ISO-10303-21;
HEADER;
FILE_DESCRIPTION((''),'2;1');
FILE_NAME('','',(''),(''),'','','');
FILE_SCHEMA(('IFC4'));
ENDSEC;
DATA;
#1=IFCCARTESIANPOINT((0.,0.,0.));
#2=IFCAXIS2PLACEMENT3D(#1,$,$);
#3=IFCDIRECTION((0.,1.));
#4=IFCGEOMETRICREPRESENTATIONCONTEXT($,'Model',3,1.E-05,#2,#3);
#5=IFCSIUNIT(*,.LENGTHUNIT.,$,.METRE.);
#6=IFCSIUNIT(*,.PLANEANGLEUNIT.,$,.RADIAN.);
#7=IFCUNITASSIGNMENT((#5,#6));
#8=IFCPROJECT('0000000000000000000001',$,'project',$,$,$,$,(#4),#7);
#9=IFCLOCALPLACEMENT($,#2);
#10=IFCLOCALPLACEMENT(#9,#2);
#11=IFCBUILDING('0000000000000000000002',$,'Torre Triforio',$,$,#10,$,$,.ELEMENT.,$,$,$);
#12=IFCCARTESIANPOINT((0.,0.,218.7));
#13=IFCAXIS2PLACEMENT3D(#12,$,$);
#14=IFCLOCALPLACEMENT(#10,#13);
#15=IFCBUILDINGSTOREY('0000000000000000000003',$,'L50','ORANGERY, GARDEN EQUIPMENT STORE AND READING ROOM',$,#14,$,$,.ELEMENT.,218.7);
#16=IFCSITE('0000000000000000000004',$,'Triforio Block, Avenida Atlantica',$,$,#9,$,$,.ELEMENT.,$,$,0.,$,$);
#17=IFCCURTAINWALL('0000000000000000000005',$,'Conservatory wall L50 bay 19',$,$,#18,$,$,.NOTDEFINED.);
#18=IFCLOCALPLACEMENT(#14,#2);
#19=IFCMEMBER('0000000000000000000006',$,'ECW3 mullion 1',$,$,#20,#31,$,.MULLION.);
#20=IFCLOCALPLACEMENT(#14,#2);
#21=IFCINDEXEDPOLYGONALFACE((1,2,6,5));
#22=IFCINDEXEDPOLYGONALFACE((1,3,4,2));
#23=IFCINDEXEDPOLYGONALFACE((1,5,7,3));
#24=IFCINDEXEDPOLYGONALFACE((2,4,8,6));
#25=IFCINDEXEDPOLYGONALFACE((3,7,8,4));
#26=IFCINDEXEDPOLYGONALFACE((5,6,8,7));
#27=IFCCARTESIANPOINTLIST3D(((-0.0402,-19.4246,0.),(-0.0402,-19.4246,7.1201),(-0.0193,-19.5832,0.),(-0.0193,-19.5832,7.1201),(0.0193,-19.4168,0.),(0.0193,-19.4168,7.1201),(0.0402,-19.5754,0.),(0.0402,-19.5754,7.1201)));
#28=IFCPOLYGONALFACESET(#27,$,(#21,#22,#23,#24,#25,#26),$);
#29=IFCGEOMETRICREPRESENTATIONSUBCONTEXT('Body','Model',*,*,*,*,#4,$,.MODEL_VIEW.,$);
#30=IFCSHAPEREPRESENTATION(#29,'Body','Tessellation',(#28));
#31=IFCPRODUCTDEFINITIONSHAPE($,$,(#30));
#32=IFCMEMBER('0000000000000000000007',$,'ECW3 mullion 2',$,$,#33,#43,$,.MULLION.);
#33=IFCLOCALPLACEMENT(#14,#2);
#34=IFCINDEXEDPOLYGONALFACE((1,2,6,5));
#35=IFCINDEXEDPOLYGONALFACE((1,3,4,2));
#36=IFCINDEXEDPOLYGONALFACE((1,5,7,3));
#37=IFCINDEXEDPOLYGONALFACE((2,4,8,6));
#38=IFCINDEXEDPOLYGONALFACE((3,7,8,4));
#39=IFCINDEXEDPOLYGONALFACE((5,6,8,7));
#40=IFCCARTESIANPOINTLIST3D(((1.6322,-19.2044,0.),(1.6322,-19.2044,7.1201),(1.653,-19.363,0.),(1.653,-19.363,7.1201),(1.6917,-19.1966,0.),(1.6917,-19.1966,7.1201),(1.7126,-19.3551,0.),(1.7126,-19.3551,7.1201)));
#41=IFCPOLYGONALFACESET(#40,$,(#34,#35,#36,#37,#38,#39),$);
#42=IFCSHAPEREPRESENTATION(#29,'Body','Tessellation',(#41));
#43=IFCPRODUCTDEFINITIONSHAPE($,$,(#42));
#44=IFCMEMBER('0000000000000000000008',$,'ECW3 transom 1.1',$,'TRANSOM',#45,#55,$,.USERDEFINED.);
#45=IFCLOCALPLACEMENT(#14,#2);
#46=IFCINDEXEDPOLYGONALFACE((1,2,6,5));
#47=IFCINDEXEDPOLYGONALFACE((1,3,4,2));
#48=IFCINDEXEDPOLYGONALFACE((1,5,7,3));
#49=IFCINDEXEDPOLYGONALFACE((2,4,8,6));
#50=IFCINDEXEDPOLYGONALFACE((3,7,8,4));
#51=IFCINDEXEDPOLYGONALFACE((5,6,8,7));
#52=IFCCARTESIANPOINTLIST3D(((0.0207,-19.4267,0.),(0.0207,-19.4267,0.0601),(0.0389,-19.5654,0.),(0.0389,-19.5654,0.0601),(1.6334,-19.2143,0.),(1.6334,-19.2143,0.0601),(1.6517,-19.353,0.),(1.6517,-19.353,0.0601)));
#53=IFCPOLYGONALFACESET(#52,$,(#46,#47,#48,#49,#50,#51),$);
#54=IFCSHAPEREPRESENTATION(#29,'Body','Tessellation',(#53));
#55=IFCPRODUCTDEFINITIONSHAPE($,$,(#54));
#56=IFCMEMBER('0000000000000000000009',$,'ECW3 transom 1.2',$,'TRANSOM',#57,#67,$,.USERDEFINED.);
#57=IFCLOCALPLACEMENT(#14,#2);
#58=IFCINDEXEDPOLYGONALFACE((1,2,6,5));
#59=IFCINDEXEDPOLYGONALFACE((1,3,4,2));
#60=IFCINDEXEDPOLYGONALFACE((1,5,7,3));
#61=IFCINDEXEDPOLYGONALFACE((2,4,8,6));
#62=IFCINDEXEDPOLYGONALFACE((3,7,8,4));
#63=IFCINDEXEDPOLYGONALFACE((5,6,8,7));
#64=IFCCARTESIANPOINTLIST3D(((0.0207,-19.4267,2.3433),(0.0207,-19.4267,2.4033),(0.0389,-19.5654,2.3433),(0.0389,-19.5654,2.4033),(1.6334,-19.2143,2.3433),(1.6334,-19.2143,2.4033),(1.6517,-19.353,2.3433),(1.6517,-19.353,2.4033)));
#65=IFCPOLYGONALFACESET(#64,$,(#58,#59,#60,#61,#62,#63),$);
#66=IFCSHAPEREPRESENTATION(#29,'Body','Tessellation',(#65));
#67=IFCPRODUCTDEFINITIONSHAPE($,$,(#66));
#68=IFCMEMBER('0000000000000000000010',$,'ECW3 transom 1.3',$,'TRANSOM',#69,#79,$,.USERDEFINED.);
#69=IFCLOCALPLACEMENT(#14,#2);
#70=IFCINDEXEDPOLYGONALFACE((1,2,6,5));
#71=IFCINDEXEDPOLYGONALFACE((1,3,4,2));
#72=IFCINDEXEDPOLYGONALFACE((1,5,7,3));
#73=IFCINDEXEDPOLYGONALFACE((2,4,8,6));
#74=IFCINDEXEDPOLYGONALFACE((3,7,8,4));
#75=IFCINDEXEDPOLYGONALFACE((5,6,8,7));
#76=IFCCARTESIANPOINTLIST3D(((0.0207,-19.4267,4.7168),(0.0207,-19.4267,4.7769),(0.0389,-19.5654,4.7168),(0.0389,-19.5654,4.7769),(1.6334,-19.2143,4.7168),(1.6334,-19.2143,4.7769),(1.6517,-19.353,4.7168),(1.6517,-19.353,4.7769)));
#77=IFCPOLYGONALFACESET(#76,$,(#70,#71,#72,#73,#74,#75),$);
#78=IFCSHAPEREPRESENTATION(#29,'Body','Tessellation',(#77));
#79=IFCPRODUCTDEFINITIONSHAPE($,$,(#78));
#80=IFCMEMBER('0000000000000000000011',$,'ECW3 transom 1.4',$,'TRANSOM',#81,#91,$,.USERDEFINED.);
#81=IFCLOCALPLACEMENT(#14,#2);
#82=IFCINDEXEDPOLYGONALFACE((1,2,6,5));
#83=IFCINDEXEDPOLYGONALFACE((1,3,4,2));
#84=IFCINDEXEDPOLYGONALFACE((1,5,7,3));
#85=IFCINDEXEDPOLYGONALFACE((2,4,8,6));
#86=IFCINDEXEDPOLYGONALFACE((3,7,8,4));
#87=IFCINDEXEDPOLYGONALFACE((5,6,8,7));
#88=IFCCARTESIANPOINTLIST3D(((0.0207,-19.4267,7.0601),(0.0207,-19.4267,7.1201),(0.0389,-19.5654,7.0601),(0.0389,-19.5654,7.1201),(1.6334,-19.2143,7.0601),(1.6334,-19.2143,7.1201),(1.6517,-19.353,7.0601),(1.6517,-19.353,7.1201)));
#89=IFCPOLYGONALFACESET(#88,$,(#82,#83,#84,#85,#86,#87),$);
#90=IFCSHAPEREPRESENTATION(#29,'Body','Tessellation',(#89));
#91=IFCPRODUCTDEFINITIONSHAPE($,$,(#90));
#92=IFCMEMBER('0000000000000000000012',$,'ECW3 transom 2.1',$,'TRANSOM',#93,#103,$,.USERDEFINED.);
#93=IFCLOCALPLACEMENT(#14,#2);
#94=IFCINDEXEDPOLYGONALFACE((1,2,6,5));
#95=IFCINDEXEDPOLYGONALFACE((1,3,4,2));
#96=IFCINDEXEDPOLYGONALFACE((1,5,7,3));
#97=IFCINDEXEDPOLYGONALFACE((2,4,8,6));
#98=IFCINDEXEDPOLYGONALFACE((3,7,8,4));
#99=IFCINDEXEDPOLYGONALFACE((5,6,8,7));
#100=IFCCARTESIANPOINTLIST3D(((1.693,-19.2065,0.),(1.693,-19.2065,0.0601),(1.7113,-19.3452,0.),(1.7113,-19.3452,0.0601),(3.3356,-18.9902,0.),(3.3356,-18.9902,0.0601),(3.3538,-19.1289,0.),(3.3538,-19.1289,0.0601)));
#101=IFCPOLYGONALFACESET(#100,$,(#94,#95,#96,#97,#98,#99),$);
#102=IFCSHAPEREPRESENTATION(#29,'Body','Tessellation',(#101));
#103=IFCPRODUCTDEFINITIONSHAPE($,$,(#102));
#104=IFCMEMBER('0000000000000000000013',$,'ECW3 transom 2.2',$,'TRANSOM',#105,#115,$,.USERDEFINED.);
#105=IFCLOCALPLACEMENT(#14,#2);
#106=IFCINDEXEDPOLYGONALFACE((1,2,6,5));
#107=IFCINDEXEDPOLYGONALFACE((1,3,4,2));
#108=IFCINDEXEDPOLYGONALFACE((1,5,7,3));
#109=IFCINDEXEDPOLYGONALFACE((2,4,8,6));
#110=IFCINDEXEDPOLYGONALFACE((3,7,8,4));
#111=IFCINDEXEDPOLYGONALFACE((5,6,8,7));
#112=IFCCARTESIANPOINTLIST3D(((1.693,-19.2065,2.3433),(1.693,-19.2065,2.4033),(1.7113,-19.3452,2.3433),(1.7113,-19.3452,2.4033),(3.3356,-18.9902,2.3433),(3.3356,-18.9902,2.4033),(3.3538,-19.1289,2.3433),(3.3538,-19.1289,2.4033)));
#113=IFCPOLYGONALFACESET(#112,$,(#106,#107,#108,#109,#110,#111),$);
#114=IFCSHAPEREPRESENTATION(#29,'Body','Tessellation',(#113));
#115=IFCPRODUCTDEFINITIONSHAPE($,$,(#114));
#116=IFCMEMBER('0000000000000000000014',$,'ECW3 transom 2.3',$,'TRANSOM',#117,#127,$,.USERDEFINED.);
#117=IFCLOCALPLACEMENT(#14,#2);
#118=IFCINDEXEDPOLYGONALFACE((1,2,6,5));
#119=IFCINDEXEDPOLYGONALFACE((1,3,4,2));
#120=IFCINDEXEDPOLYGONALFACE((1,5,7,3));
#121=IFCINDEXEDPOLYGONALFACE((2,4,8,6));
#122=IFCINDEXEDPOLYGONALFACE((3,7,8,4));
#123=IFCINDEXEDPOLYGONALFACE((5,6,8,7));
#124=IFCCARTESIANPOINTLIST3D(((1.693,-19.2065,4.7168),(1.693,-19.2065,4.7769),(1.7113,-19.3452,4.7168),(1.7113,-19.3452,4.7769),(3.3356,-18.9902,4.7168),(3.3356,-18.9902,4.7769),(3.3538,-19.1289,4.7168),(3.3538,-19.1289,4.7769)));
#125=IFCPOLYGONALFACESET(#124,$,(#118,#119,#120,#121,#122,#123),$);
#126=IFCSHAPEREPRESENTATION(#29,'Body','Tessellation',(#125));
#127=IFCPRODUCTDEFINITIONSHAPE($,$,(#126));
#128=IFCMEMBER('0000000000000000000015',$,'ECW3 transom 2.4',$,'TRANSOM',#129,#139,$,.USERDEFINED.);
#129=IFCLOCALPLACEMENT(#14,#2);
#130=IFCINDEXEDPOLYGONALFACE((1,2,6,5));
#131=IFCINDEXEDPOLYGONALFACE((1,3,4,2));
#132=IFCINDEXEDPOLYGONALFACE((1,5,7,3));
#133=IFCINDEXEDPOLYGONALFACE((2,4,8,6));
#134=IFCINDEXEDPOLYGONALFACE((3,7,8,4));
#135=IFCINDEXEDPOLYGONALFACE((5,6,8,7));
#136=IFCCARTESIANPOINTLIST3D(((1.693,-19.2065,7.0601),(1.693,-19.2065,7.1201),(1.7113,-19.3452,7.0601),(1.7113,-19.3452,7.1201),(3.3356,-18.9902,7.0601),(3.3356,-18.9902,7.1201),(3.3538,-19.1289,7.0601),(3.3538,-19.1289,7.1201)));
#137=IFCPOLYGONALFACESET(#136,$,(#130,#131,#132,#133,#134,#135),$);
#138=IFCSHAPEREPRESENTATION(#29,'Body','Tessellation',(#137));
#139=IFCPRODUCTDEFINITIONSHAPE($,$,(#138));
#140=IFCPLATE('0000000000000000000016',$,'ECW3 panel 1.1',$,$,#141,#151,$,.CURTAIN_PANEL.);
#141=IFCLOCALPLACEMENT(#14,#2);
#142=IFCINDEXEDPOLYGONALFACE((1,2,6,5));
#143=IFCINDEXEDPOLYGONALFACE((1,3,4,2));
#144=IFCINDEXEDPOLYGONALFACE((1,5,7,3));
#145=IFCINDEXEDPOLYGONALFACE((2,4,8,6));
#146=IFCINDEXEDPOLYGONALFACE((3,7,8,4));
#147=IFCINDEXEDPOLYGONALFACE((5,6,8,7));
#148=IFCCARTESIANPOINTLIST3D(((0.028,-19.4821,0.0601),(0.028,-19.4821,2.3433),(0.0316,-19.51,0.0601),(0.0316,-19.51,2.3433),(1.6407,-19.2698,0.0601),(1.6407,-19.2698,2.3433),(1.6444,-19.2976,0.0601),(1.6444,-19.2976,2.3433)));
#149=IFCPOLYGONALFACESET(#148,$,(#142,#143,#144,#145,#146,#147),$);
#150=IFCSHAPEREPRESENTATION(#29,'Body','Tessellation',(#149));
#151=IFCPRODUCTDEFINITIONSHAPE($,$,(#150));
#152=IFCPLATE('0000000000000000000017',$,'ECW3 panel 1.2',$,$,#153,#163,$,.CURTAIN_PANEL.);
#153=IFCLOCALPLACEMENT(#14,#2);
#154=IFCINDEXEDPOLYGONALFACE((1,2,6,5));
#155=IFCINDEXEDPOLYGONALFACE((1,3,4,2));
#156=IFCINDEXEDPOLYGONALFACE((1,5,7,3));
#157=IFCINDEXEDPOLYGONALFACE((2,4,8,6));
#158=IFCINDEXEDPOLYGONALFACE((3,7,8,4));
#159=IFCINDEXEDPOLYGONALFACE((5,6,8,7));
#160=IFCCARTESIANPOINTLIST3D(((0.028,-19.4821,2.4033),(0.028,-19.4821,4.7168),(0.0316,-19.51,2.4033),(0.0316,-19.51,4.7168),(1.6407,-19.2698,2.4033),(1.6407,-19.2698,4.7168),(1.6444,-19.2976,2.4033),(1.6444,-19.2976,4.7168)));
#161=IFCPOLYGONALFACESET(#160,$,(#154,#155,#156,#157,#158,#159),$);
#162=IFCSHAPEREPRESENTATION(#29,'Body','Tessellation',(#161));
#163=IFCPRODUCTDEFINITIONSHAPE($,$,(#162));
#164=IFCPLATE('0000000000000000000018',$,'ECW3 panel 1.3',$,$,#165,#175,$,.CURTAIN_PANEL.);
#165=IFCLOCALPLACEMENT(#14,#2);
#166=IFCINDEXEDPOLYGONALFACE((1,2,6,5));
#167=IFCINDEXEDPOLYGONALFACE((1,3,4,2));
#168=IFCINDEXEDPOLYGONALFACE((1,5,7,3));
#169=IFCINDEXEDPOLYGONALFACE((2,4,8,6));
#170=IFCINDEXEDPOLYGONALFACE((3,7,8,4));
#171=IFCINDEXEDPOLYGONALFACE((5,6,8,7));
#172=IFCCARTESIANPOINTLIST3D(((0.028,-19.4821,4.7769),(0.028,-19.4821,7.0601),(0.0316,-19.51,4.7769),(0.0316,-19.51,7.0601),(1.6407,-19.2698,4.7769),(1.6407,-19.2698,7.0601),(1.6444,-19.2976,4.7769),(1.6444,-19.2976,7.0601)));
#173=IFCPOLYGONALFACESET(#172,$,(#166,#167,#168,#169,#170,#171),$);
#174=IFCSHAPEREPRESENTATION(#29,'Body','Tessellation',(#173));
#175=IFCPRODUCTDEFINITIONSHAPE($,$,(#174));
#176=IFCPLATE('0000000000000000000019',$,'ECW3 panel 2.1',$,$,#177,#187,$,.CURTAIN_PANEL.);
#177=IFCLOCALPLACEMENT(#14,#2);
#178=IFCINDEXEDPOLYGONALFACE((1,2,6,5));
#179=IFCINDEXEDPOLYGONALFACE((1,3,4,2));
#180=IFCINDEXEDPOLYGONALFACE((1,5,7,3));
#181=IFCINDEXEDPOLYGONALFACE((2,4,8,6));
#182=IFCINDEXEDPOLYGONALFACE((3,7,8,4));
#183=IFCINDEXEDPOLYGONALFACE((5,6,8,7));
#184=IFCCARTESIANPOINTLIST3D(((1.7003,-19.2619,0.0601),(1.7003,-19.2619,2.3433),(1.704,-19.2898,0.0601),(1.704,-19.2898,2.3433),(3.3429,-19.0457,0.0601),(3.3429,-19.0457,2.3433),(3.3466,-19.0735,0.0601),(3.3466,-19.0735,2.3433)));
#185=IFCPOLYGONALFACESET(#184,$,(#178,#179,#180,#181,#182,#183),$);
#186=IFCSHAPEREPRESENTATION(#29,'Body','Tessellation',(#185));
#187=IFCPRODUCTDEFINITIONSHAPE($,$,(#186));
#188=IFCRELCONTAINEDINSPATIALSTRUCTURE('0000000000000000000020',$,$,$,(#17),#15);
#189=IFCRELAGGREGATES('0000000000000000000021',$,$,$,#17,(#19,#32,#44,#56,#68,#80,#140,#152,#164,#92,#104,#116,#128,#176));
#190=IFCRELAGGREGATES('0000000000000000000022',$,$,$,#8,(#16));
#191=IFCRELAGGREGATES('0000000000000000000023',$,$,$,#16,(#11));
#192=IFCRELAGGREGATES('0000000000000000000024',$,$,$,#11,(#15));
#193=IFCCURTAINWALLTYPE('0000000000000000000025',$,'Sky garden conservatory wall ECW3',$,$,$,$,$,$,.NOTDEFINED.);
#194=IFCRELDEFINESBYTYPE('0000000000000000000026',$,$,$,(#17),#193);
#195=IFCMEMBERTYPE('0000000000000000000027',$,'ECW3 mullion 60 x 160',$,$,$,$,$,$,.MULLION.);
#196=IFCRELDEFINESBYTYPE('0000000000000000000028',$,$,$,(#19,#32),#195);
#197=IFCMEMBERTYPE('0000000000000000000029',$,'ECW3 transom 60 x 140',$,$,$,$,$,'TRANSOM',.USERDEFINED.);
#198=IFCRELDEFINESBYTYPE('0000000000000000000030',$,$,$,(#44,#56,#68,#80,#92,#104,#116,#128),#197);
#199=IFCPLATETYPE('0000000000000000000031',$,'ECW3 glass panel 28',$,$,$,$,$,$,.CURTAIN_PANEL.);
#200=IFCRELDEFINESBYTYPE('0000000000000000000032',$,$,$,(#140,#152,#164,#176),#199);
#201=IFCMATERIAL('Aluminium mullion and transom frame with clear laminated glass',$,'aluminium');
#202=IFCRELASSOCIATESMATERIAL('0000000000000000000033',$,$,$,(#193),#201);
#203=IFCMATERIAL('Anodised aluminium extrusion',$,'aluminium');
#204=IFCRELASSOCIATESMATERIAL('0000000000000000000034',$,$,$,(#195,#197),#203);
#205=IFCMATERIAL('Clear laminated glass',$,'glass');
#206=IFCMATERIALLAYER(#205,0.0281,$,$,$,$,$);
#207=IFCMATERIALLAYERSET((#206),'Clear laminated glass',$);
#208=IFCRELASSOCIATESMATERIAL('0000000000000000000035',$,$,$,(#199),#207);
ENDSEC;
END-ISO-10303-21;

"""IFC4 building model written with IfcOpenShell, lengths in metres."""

from ifc_helpers import new_model, si_unit, direction, frame, origin, origin_2d, place, context, subcontext, project, spatial, rectangle, extrude, material, layer, layer_set, material_profile, profile_set, type_object, element, aggregate, save


model = new_model("IFC4")

# Units and contexts
model_context = context("Model", 3, precision=1e-05, world=origin(), true_north=direction((0.0, 1.0)))
body_context = subcontext(model_context, "Body", "Model", "MODEL_VIEW")
ifc_project = project(units=[si_unit("LENGTHUNIT", "METRE"), si_unit("PLANEANGLEUNIT", "RADIAN")], contexts=[model_context])

# Site, building, storey
site_placement = place(None, origin())
site = spatial("IfcSite", under=ifc_project, at=site_placement, Name="Triforio Block, Avenida Atlantica", CompositionType="ELEMENT", RefElevation=0.0)
building_placement = place(site_placement, origin())
building = spatial("IfcBuilding", under=site, at=building_placement, Name="Torre Triforio", CompositionType="ELEMENT")
storey_placement = place(building_placement, frame((0.0, 0.0, 218.7)))
storey = spatial("IfcBuildingStorey", under=building, at=storey_placement, Name="L50", Description="ORANGERY, GARDEN EQUIPMENT STORE AND READING ROOM", CompositionType="ELEMENT", Elevation=218.7)

# Curtain wall, members, plates
ifc_material_1 = material(Name="Aluminium mullion and transom frame with clear laminated glass", Category="aluminium")
curtain_wall_type = type_object("IfcCurtainWallType", Name="Sky garden conservatory wall ECW3", PredefinedType="NOTDEFINED", material=ifc_material_1)
curtain_wall_placement = place(storey_placement, origin())
curtain_wall = element("IfcCurtainWall", 1, at=curtain_wall_placement, inside=storey, type_object=curtain_wall_type, Name="Conservatory wall L50 bay 19", PredefinedType="NOTDEFINED")
ifc_material_2 = material(Name="Anodised aluminium extrusion", Category="aluminium")
ifc_material_profile_1 = material_profile(ifc_material_2, rectangle(XDim=0.1599, YDim=0.0601, at=origin_2d()), Name="ECW3 MULLION 60x160")
ifc_profile_set_1 = profile_set([ifc_material_profile_1], Name="Anodised aluminium extrusion")
member_type_1 = type_object("IfcMemberType", Name="ECW3 mullion 60 x 160", PredefinedType="MULLION", material=ifc_profile_set_1)
member_1_placement = place(storey_placement, frame((0.0, -19.5, 0.0), z_axis=(0.0, 0.0, 1.0), x_axis=(-0.130532, 0.991444, 0.0)))
member_1 = element("IfcMember", 2, at=member_1_placement, type_object=member_type_1, Name="ECW3 mullion 1", PredefinedType="MULLION", context=body_context, shape_type="SweptSolid", body=[
    extrude(rectangle(XDim=0.1599, YDim=0.0601, at=origin_2d()), origin(), (0.0, 0.0, 1.0), 7.1201),
])
member_2_placement = place(storey_placement, frame((1.6724, -19.2798, 0.0), z_axis=(0.0, 0.0, 1.0), x_axis=(-0.130532, 0.991444, 0.0)))
member_2 = element("IfcMember", 3, at=member_2_placement, type_object=member_type_1, Name="ECW3 mullion 2", PredefinedType="MULLION", context=body_context, shape_type="SweptSolid", body=[
    extrude(rectangle(XDim=0.1599, YDim=0.0601, at=origin_2d()), origin(), (0.0, 0.0, 1.0), 7.1201),
])
ifc_material_profile_2 = material_profile(ifc_material_2, rectangle(XDim=0.1399, YDim=0.0601, at=origin_2d()), Name="ECW3 TRANSOM 60x140")
ifc_profile_set_2 = profile_set([ifc_material_profile_2], Name="Anodised aluminium extrusion")
member_type_2 = type_object("IfcMemberType", Name="ECW3 transom 60 x 140", ElementType="TRANSOM", PredefinedType="USERDEFINED", material=ifc_profile_set_2)
member_3_placement = place(storey_placement, frame((0.0298, -19.4961, 0.03), z_axis=(0.991439, 0.130571, 0.0), x_axis=(-0.130571, 0.991439, 0.0)))
member_3 = element("IfcMember", 4, at=member_3_placement, type_object=member_type_2, Name="ECW3 transom 1.1", ObjectType="TRANSOM", PredefinedType="USERDEFINED", context=body_context, shape_type="SweptSolid", body=[
    extrude(rectangle(XDim=0.1399, YDim=0.0601, at=origin_2d()), origin(), (0.0, 0.0, 1.0), 1.6267),
])
member_4_placement = place(storey_placement, frame((0.0298, -19.4961, 2.3733), z_axis=(0.991439, 0.130571, 0.0), x_axis=(-0.130571, 0.991439, 0.0)))
member_4 = element("IfcMember", 5, at=member_4_placement, type_object=member_type_2, Name="ECW3 transom 1.2", ObjectType="TRANSOM", PredefinedType="USERDEFINED", context=body_context, shape_type="SweptSolid", body=[
    extrude(rectangle(XDim=0.1399, YDim=0.0601, at=origin_2d()), origin(), (0.0, 0.0, 1.0), 1.6267),
])
member_5_placement = place(storey_placement, frame((0.0298, -19.4961, 4.7468), z_axis=(0.991439, 0.130571, 0.0), x_axis=(-0.130571, 0.991439, 0.0)))
member_5 = element("IfcMember", 6, at=member_5_placement, type_object=member_type_2, Name="ECW3 transom 1.3", ObjectType="TRANSOM", PredefinedType="USERDEFINED", context=body_context, shape_type="SweptSolid", body=[
    extrude(rectangle(XDim=0.1399, YDim=0.0601, at=origin_2d()), origin(), (0.0, 0.0, 1.0), 1.6267),
])
member_6_placement = place(storey_placement, frame((0.0298, -19.4961, 7.0901), z_axis=(0.991439, 0.130571, 0.0), x_axis=(-0.130571, 0.991439, 0.0)))
member_6 = element("IfcMember", 7, at=member_6_placement, type_object=member_type_2, Name="ECW3 transom 1.4", ObjectType="TRANSOM", PredefinedType="USERDEFINED", context=body_context, shape_type="SweptSolid", body=[
    extrude(rectangle(XDim=0.1399, YDim=0.0601, at=origin_2d()), origin(), (0.0, 0.0, 1.0), 1.6267),
])
member_7_placement = place(storey_placement, frame((1.7021, -19.2759, 0.03), z_axis=(0.99144, 0.130561, 0.0), x_axis=(-0.130561, 0.99144, 0.0)))
member_7 = element("IfcMember", 8, at=member_7_placement, type_object=member_type_2, Name="ECW3 transom 2.1", ObjectType="TRANSOM", PredefinedType="USERDEFINED", context=body_context, shape_type="SweptSolid", body=[
    extrude(rectangle(XDim=0.1399, YDim=0.0601, at=origin_2d()), origin(), (0.0, 0.0, 1.0), 1.6567),
])
member_8_placement = place(storey_placement, frame((1.7021, -19.2759, 2.3733), z_axis=(0.99144, 0.130561, 0.0), x_axis=(-0.130561, 0.99144, 0.0)))
member_8 = element("IfcMember", 9, at=member_8_placement, type_object=member_type_2, Name="ECW3 transom 2.2", ObjectType="TRANSOM", PredefinedType="USERDEFINED", context=body_context, shape_type="SweptSolid", body=[
    extrude(rectangle(XDim=0.1399, YDim=0.0601, at=origin_2d()), origin(), (0.0, 0.0, 1.0), 1.6567),
])
member_9_placement = place(storey_placement, frame((1.7021, -19.2759, 4.7468), z_axis=(0.99144, 0.130561, 0.0), x_axis=(-0.130561, 0.99144, 0.0)))
member_9 = element("IfcMember", 10, at=member_9_placement, type_object=member_type_2, Name="ECW3 transom 2.3", ObjectType="TRANSOM", PredefinedType="USERDEFINED", context=body_context, shape_type="SweptSolid", body=[
    extrude(rectangle(XDim=0.1399, YDim=0.0601, at=origin_2d()), origin(), (0.0, 0.0, 1.0), 1.6567),
])
member_10_placement = place(storey_placement, frame((1.7021, -19.2759, 7.0901), z_axis=(0.99144, 0.130561, 0.0), x_axis=(-0.130561, 0.99144, 0.0)))
member_10 = element("IfcMember", 11, at=member_10_placement, type_object=member_type_2, Name="ECW3 transom 2.4", ObjectType="TRANSOM", PredefinedType="USERDEFINED", context=body_context, shape_type="SweptSolid", body=[
    extrude(rectangle(XDim=0.1399, YDim=0.0601, at=origin_2d()), origin(), (0.0, 0.0, 1.0), 1.6567),
])
ifc_material_3 = material(Name="Clear laminated glass", Category="glass")
ifc_layer = layer(ifc_material_3, 0.0281)
ifc_layer_set = layer_set([ifc_layer], Name="Clear laminated glass")
plate_type = type_object("IfcPlateType", Name="ECW3 glass panel 28", PredefinedType="CURTAIN_PANEL", material=ifc_layer_set)
plate_1_placement = place(storey_placement, frame((0.8362, -19.3899, 0.0601), z_axis=(0.0, 0.0, 1.0), x_axis=(0.991444, 0.130532, 0.0)))
plate_1 = element("IfcPlate", 12, at=plate_1_placement, type_object=plate_type, Name="ECW3 panel 1.1", PredefinedType="CURTAIN_PANEL", context=body_context, shape_type="SweptSolid", body=[
    extrude(rectangle(XDim=1.6267, YDim=0.0281, at=origin_2d()), origin(), (0.0, 0.0, 1.0), 2.2832),
])
plate_2_placement = place(storey_placement, frame((0.8362, -19.3899, 2.4033), z_axis=(0.0, 0.0, 1.0), x_axis=(0.991444, 0.130532, 0.0)))
plate_2 = element("IfcPlate", 13, at=plate_2_placement, type_object=plate_type, Name="ECW3 panel 1.2", PredefinedType="CURTAIN_PANEL", context=body_context, shape_type="SweptSolid", body=[
    extrude(rectangle(XDim=1.6267, YDim=0.0281, at=origin_2d()), origin(), (0.0, 0.0, 1.0), 2.3135),
])
plate_3_placement = place(storey_placement, frame((0.8362, -19.3899, 4.7769), z_axis=(0.0, 0.0, 1.0), x_axis=(0.991444, 0.130532, 0.0)))
plate_3 = element("IfcPlate", 14, at=plate_3_placement, type_object=plate_type, Name="ECW3 panel 1.3", PredefinedType="CURTAIN_PANEL", context=body_context, shape_type="SweptSolid", body=[
    extrude(rectangle(XDim=1.6267, YDim=0.0281, at=origin_2d()), origin(), (0.0, 0.0, 1.0), 2.2832),
])
plate_4_placement = place(storey_placement, frame((2.5234, -19.1677, 0.0601), z_axis=(0.0, 0.0, 1.0), x_axis=(0.991444, 0.130532, 0.0)))
plate_4 = element("IfcPlate", 15, at=plate_4_placement, type_object=plate_type, Name="ECW3 panel 2.1", PredefinedType="CURTAIN_PANEL", context=body_context, shape_type="SweptSolid", body=[
    extrude(rectangle(XDim=1.6567, YDim=0.0281, at=origin_2d()), origin(), (0.0, 0.0, 1.0), 2.2832),
])
aggregate(curtain_wall, [member_1, member_2, member_3, member_4, member_5, member_6, plate_1, plate_2, plate_3, member_7, member_8, member_9, member_10, plate_4])

save(model, "model.ifc")
